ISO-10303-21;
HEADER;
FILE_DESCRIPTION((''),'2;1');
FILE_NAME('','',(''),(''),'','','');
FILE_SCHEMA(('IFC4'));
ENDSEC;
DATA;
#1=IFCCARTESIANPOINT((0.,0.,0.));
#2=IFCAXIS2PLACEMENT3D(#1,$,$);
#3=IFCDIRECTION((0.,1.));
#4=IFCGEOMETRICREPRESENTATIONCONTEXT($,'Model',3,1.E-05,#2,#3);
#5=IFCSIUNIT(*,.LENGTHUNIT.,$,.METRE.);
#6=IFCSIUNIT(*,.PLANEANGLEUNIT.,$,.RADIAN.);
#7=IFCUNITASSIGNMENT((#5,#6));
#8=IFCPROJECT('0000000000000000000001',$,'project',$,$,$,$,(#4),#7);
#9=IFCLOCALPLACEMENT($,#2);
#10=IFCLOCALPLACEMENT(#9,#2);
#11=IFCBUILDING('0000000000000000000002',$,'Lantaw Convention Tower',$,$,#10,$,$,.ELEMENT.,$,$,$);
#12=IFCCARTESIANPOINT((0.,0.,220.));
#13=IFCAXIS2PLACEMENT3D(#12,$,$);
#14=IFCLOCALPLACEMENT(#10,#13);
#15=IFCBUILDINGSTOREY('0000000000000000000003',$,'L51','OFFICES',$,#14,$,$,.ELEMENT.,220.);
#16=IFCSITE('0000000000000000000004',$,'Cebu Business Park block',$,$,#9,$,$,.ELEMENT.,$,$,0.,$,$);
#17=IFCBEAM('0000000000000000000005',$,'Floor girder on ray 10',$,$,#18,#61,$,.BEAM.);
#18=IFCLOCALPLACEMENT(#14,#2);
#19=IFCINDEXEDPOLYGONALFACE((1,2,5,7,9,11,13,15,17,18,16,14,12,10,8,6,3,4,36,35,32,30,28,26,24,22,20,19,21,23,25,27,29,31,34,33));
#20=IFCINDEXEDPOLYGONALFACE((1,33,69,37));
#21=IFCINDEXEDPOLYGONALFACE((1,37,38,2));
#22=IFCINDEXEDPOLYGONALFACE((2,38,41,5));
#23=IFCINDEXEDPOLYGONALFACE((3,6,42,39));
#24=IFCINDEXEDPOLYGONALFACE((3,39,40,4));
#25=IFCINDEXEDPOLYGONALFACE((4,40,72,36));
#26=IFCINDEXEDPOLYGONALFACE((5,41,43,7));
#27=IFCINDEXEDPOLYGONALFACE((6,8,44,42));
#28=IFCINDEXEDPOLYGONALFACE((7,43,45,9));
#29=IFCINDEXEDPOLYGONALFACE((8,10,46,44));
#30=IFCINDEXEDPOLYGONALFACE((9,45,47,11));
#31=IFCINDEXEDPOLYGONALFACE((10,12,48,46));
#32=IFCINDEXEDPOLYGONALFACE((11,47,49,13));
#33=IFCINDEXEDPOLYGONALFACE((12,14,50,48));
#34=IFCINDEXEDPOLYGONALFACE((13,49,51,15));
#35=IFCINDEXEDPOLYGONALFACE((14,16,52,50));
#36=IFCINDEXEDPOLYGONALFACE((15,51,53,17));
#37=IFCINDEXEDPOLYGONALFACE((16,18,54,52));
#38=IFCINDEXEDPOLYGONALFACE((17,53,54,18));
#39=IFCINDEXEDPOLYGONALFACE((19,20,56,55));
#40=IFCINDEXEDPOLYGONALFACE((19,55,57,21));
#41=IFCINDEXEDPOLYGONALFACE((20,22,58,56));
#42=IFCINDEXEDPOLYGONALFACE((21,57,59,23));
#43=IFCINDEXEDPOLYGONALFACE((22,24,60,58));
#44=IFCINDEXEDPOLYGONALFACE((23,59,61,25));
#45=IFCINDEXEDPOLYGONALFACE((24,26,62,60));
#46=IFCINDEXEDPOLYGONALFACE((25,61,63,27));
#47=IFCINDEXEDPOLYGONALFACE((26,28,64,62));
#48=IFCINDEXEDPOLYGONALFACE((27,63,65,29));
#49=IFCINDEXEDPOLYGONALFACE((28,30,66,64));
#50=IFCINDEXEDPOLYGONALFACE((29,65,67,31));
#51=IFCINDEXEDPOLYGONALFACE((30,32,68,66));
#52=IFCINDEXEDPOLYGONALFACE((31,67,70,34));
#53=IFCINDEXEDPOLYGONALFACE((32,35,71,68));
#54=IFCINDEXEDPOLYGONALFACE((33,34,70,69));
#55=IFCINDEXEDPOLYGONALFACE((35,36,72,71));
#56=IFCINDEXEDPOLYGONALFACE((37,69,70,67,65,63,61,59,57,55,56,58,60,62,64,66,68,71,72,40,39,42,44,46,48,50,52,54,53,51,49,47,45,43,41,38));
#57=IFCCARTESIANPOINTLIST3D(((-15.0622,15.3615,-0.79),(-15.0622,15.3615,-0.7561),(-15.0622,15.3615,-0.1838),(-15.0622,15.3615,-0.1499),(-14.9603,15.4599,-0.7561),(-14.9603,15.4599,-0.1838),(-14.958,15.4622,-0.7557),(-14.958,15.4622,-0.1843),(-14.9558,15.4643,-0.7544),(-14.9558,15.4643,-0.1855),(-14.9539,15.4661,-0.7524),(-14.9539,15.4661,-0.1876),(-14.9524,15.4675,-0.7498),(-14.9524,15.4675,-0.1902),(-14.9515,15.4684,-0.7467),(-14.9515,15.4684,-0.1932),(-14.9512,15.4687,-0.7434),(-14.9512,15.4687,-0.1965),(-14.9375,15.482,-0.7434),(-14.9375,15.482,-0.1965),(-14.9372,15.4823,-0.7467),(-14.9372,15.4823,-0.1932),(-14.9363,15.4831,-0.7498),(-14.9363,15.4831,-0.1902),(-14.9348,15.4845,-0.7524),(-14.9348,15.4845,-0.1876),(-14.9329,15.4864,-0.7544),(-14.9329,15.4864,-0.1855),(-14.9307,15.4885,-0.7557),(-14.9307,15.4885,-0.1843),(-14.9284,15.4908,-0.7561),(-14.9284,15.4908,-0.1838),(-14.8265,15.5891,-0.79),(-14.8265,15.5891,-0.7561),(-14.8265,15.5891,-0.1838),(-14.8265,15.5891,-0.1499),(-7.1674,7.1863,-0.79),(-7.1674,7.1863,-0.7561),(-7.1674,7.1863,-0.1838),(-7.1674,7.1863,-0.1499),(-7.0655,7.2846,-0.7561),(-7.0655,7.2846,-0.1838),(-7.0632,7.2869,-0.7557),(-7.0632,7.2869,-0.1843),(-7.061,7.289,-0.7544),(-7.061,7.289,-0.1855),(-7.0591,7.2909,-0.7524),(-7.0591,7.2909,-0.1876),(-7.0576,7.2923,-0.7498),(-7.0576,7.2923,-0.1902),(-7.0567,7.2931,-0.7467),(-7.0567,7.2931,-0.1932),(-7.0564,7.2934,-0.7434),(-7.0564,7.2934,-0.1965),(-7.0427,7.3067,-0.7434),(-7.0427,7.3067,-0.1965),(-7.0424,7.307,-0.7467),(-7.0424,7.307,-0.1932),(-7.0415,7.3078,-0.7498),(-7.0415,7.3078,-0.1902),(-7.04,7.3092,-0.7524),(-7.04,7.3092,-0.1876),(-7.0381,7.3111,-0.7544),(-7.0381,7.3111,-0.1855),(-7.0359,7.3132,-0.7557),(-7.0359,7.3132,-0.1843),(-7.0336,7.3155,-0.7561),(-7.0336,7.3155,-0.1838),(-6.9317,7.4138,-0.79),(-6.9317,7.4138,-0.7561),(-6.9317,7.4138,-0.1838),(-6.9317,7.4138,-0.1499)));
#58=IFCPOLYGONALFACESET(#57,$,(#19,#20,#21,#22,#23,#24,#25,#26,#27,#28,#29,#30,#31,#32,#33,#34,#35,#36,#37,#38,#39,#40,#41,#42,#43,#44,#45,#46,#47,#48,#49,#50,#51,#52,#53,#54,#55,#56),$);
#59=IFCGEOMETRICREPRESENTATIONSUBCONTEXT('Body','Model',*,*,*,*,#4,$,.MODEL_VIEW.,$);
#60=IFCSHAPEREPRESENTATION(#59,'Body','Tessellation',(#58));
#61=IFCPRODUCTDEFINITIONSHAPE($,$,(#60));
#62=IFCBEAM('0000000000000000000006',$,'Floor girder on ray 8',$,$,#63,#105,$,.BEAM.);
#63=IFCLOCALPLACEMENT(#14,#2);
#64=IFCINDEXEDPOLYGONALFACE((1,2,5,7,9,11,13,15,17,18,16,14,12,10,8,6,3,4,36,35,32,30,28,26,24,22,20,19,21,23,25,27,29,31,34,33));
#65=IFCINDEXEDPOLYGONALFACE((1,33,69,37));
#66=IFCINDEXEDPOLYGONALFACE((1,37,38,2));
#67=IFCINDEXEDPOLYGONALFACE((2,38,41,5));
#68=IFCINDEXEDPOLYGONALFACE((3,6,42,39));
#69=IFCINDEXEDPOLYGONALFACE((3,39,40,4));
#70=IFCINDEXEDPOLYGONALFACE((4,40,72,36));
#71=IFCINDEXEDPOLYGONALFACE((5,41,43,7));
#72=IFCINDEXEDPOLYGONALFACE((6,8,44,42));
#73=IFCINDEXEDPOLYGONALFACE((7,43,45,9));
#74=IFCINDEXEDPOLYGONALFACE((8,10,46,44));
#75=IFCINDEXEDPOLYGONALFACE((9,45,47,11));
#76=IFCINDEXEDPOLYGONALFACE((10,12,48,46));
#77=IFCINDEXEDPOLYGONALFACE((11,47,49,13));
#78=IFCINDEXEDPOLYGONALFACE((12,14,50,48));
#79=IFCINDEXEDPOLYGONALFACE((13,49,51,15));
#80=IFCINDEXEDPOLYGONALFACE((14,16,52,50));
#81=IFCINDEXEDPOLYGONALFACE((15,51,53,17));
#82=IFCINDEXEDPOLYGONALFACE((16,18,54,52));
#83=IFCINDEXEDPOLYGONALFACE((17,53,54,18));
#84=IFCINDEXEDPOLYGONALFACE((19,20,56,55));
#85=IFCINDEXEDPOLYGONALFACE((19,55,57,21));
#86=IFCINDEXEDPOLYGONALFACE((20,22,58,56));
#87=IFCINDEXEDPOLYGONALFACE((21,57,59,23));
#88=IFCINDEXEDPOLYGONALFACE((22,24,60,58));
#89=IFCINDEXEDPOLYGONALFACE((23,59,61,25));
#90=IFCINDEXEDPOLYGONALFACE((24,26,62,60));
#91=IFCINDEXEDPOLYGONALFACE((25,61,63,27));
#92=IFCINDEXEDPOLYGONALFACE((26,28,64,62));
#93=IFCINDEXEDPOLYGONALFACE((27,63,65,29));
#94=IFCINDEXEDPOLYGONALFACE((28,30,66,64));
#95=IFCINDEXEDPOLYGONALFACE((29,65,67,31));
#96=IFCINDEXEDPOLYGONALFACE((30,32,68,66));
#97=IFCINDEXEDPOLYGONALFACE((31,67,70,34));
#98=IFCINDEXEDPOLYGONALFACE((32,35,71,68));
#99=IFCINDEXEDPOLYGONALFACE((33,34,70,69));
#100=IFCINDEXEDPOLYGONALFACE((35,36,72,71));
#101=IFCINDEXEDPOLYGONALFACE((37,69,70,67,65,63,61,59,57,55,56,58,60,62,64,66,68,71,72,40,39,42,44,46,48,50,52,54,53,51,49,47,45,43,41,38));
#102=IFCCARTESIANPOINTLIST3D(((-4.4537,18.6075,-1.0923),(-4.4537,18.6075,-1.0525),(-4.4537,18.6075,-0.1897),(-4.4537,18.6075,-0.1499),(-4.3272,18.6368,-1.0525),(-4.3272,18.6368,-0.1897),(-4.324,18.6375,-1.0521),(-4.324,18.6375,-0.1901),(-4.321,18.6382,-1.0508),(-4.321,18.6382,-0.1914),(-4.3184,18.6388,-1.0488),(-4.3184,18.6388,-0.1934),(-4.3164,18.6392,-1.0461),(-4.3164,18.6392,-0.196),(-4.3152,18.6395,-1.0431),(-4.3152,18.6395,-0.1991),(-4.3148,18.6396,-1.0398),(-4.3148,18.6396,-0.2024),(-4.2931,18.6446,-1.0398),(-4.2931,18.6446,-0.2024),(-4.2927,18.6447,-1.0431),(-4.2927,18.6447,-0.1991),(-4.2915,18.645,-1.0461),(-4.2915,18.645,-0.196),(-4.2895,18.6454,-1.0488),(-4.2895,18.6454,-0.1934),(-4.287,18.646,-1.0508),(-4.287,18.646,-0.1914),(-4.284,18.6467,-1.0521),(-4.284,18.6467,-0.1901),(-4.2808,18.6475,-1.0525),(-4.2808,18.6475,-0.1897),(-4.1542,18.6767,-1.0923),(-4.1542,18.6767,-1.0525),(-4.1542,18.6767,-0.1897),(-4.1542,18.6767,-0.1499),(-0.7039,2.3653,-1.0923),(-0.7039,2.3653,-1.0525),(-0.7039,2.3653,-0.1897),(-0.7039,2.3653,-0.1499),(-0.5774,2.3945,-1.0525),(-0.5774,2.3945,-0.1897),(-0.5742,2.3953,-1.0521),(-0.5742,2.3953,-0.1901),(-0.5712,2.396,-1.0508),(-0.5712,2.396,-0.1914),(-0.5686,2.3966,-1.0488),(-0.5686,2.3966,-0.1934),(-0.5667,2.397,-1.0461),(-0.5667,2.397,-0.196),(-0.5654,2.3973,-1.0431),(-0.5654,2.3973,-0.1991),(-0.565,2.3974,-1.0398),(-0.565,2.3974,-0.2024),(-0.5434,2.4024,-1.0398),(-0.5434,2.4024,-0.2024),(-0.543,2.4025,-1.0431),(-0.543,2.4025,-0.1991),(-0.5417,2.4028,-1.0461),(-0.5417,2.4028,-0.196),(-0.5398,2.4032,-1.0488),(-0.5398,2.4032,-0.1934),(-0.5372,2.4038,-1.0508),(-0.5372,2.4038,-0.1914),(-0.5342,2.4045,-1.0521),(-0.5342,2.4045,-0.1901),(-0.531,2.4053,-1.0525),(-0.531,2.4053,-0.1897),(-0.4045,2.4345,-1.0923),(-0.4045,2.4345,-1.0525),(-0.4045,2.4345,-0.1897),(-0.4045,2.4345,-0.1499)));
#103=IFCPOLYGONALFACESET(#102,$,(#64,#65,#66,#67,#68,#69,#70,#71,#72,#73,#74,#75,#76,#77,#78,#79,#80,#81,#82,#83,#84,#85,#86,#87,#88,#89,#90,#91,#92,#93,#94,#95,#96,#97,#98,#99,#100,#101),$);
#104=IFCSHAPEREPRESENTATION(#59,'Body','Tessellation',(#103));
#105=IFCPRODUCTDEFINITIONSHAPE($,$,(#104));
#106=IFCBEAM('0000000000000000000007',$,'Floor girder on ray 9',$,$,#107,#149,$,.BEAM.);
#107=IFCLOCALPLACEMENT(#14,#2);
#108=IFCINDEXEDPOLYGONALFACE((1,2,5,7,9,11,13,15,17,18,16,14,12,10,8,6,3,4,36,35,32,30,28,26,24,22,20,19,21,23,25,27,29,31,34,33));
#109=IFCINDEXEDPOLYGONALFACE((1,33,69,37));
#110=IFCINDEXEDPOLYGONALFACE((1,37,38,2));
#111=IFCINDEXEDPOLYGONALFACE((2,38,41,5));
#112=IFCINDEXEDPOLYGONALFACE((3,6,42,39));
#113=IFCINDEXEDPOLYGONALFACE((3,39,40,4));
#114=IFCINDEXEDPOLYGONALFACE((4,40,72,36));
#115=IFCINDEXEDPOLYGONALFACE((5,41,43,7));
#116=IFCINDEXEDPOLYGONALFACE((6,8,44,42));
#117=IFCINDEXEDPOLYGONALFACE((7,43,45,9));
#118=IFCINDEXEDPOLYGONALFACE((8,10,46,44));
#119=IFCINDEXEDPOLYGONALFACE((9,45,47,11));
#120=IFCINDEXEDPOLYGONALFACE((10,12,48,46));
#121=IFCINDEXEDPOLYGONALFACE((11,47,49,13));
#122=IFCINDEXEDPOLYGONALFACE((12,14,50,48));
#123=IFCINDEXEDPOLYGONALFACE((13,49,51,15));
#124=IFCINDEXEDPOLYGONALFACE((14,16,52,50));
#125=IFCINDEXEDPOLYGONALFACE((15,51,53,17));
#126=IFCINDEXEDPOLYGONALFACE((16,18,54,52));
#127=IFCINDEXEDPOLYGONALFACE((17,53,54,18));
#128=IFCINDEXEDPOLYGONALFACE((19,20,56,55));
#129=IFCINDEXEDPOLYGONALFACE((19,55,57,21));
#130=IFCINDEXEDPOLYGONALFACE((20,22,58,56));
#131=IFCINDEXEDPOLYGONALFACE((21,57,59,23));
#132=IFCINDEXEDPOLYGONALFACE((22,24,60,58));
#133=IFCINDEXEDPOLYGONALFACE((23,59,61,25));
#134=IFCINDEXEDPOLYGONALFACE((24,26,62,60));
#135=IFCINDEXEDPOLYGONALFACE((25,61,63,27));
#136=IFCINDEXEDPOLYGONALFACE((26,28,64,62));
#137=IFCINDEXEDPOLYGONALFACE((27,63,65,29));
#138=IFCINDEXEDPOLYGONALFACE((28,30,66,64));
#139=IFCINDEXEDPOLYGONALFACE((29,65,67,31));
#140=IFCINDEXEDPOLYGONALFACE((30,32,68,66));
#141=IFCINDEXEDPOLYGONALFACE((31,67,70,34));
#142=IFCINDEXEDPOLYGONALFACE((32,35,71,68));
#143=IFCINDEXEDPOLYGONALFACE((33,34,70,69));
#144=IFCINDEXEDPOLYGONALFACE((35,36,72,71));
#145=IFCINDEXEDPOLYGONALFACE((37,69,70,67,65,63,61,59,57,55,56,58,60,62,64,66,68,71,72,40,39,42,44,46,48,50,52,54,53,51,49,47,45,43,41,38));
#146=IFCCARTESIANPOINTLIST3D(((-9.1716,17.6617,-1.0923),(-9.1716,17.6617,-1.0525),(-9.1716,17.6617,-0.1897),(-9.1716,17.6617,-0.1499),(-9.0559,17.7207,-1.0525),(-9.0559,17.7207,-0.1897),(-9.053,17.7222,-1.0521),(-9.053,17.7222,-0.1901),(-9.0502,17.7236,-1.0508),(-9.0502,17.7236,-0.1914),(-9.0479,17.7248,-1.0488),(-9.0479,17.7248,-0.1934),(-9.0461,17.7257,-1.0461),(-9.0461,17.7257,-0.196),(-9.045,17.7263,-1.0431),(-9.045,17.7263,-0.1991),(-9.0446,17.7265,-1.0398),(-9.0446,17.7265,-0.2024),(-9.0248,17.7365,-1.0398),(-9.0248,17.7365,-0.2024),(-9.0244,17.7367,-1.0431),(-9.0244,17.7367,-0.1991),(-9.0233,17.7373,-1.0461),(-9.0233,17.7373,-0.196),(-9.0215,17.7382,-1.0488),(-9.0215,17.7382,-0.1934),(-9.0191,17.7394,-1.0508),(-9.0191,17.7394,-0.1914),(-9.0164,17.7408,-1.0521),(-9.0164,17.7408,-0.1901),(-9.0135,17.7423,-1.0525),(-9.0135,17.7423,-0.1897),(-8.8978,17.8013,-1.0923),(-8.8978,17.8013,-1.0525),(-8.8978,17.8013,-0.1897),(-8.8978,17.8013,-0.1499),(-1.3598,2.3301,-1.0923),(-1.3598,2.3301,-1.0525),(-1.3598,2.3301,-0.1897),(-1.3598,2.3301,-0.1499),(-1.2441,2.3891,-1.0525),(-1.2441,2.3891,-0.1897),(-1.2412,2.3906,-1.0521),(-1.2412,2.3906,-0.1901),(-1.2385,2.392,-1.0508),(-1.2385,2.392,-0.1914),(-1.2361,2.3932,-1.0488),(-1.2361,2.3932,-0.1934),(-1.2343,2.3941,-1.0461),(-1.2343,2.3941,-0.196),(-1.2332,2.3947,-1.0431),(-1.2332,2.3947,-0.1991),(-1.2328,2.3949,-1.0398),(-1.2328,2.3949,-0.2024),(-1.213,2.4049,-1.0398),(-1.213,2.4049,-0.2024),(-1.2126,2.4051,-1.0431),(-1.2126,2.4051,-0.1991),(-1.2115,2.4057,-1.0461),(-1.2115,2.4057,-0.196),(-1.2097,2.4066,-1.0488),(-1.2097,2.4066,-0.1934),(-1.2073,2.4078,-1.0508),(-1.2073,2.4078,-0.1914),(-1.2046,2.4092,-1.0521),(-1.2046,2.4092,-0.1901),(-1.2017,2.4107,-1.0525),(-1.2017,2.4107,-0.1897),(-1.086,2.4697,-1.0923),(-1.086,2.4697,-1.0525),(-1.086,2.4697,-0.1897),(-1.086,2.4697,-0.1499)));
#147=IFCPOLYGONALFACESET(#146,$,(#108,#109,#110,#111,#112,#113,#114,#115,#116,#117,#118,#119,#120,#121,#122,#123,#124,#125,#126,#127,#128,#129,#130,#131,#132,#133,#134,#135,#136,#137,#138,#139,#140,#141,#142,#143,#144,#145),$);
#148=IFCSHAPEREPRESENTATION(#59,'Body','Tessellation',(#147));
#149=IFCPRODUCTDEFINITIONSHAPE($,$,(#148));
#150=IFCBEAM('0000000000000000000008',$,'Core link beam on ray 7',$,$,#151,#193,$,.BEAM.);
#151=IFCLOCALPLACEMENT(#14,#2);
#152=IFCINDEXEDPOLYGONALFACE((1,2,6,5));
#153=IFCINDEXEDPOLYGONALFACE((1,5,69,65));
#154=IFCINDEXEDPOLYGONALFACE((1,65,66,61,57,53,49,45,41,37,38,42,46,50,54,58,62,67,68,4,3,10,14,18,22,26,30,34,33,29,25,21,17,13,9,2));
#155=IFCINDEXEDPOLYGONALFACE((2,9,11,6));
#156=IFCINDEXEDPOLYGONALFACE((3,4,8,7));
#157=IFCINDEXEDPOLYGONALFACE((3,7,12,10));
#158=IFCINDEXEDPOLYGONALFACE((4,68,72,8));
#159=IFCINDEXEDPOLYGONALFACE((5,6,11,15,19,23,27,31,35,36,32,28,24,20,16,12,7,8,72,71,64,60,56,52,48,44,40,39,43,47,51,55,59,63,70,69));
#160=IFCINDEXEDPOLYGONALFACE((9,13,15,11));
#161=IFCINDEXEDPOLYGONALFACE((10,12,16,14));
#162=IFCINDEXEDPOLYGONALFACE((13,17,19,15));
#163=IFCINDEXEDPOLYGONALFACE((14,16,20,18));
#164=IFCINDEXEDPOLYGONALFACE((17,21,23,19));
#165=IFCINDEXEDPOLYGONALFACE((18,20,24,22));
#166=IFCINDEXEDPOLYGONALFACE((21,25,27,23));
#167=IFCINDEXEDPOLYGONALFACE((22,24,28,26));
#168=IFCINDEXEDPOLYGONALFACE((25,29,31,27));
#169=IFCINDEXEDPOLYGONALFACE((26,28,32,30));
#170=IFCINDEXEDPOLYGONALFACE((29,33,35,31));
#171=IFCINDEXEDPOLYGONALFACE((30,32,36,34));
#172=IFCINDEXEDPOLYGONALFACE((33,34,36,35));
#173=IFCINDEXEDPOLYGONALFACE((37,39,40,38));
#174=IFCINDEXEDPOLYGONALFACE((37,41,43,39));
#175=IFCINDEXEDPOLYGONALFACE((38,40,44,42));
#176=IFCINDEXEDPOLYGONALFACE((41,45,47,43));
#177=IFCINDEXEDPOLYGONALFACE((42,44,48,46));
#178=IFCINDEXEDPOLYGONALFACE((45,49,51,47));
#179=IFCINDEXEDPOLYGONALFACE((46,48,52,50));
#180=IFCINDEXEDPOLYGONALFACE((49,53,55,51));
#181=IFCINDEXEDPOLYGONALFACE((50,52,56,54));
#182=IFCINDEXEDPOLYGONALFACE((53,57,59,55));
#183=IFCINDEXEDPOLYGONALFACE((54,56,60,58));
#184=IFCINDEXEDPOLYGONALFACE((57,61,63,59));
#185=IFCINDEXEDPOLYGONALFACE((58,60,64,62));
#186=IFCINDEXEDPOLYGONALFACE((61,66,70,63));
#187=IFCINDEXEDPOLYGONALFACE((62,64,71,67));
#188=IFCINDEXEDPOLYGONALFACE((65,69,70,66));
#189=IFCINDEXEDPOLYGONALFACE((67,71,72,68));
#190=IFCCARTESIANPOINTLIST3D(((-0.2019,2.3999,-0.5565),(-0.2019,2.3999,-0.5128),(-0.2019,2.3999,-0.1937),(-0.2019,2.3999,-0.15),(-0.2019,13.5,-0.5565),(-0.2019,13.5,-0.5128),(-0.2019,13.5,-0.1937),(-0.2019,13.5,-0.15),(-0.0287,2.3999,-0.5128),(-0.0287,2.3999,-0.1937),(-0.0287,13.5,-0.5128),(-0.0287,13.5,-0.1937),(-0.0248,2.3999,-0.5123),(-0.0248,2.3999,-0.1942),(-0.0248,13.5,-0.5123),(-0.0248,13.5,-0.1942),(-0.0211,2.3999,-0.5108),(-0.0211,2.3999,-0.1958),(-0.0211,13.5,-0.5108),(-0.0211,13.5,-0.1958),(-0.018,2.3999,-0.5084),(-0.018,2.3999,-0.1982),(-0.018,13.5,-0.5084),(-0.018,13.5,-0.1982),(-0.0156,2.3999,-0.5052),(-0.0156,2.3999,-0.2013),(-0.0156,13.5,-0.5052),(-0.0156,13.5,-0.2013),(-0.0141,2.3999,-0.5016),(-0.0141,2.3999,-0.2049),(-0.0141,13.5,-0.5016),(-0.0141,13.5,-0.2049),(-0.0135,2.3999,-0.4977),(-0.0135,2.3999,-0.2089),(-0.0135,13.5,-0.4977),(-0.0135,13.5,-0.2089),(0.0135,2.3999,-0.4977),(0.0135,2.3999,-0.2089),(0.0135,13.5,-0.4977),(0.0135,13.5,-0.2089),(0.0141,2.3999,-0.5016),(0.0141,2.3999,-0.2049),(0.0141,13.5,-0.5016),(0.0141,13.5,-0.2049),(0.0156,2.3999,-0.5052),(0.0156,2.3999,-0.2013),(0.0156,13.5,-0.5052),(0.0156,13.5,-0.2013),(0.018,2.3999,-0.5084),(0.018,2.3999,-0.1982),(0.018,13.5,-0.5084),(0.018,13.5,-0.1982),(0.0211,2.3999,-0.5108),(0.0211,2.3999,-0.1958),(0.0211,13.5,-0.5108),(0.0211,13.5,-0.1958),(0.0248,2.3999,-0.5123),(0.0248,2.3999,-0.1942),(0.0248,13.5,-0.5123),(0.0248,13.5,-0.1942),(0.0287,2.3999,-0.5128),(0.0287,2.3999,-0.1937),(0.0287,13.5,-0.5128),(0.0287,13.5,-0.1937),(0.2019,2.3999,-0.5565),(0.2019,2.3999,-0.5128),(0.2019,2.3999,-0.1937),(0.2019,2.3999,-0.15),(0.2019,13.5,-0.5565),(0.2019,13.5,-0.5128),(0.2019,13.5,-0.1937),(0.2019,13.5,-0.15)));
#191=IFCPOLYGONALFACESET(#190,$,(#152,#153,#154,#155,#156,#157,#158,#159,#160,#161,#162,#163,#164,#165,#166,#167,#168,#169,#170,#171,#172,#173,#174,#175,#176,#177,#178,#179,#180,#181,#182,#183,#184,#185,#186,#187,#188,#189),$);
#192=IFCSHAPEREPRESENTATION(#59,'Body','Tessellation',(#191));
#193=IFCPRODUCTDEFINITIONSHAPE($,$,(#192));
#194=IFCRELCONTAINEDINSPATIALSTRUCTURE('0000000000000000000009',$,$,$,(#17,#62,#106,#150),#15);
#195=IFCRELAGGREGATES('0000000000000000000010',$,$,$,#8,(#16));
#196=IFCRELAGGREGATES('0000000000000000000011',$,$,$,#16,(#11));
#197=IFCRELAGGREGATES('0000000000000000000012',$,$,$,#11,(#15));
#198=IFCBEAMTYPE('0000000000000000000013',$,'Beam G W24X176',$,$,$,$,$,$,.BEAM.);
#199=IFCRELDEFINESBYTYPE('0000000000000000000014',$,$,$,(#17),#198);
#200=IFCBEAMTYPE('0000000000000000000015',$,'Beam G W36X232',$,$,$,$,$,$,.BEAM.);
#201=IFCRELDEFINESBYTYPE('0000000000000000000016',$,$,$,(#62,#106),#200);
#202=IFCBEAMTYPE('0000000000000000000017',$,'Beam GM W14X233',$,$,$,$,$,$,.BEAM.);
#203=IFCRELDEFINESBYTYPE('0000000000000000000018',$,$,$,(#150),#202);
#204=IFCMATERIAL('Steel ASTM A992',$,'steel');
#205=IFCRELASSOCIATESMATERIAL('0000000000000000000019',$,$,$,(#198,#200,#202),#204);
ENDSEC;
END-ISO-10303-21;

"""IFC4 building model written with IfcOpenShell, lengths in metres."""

from ifc_helpers import new_model, si_unit, direction, frame, origin, origin_2d, place, context, subcontext, project, spatial, i_section, extrude, material, material_profile, profile_set, type_object, element, save


model = new_model("IFC4")

# Units and contexts
model_context = context("Model", 3, precision=1e-05, world=origin(), true_north=direction((0.0, 1.0)))
body_context = subcontext(model_context, "Body", "Model", "MODEL_VIEW")
ifc_project = project(units=[si_unit("LENGTHUNIT", "METRE"), si_unit("PLANEANGLEUNIT", "RADIAN")], contexts=[model_context])

# Site, building, storey
site_placement = place(None, origin())
site = spatial("IfcSite", under=ifc_project, at=site_placement, Name="Cebu Business Park block", CompositionType="ELEMENT", RefElevation=0.0)
building_placement = place(site_placement, origin())
building = spatial("IfcBuilding", under=site, at=building_placement, Name="Lantaw Convention Tower", CompositionType="ELEMENT")
storey_placement = place(building_placement, frame((0.0, 0.0, 220.0)))
storey = spatial("IfcBuildingStorey", under=building, at=storey_placement, Name="L51", Description="OFFICES", CompositionType="ELEMENT", Elevation=220.0)

# Beams
ifc_material_1 = material(Name="Steel ASTM A992", Category="steel")
ifc_material_profile_1 = material_profile(ifc_material_1, i_section(OverallWidth=0.3276, OverallDepth=0.6401, WebThickness=0.019, FlangeThickness=0.0339, FilletRadius=0.0127, at=origin_2d()), Name="W24X176")
ifc_profile_set_1 = profile_set([ifc_material_profile_1], Name="Steel ASTM A992")
beam_type_1 = type_object("IfcBeamType", Name="Beam G W24X176", PredefinedType="BEAM", material=ifc_profile_set_1)
beam_1_placement = place(storey_placement, frame((-7.0496, 7.3, -0.47), z_axis=(-0.694658, 0.71934, 0.0), x_axis=(-0.71934, -0.694658, 0.0)))
element("IfcBeam", 1, at=beam_1_placement, inside=storey, type_object=beam_type_1, Name="Floor girder on ray 10", PredefinedType="BEAM", context=body_context, shape_type="SweptSolid", body=[
    extrude(i_section(OverallWidth=0.3276, OverallDepth=0.6401, WebThickness=0.019, FlangeThickness=0.0339, FilletRadius=0.0127, at=origin_2d()), origin(), (0.0, 0.0, 1.0), 11.365),
])
ifc_material_profile_2 = material_profile(ifc_material_1, i_section(OverallWidth=0.3074, OverallDepth=0.9424, WebThickness=0.0222, FlangeThickness=0.0398, FilletRadius=0.0127, at=origin_2d()), Name="W36X232")
ifc_profile_set_2 = profile_set([ifc_material_profile_2], Name="Steel ASTM A992")
beam_type_2 = type_object("IfcBeamType", Name="Beam G W36X232", PredefinedType="BEAM", material=ifc_profile_set_2)
beam_2_placement = place(storey_placement, frame((-0.5542, 2.3999, -0.6211), z_axis=(-0.224948, 0.974371, 0.0), x_axis=(-0.974371, -0.224948, 0.0)))
element("IfcBeam", 2, at=beam_2_placement, inside=storey, type_object=beam_type_2, Name="Floor girder on ray 8", PredefinedType="BEAM", context=body_context, shape_type="SweptSolid", body=[
    extrude(i_section(OverallWidth=0.3074, OverallDepth=0.9424, WebThickness=0.0222, FlangeThickness=0.0398, FilletRadius=0.0127, at=origin_2d()), origin(), (0.0, 0.0, 1.0), 16.6694),
])
beam_3_placement = place(storey_placement, frame((-1.2229, 2.3999, -0.6211), z_axis=(-0.453988, 0.891008, 0.0), x_axis=(-0.891008, -0.453988, 0.0)))
element("IfcBeam", 3, at=beam_3_placement, inside=storey, type_object=beam_type_2, Name="Floor girder on ray 9", PredefinedType="BEAM", context=body_context, shape_type="SweptSolid", body=[
    extrude(i_section(OverallWidth=0.3074, OverallDepth=0.9424, WebThickness=0.0222, FlangeThickness=0.0398, FilletRadius=0.0127, at=origin_2d()), origin(), (0.0, 0.0, 1.0), 17.207),
])
ifc_material_profile_3 = material_profile(ifc_material_1, i_section(OverallWidth=0.4038, OverallDepth=0.4065, WebThickness=0.0271, FlangeThickness=0.0437, FilletRadius=0.0151, at=origin_2d()), Name="W14X233")
ifc_profile_set_3 = profile_set([ifc_material_profile_3], Name="Steel ASTM A992")
beam_type_3 = type_object("IfcBeamType", Name="Beam GM W14X233", PredefinedType="BEAM", material=ifc_profile_set_3)
beam_4_placement = place(storey_placement, frame((0.0, 2.3999, -0.3533), z_axis=(0.0, 1.0, 0.0), x_axis=(-1.0, 0.0, 0.0)))
element("IfcBeam", 4, at=beam_4_placement, inside=storey, type_object=beam_type_3, Name="Core link beam on ray 7", PredefinedType="BEAM", context=body_context, shape_type="SweptSolid", body=[
    extrude(i_section(OverallWidth=0.4038, OverallDepth=0.4065, WebThickness=0.0271, FlangeThickness=0.0437, FilletRadius=0.0151, at=origin_2d()), origin(), (0.0, 0.0, 1.0), 11.1001),
])

save(model, "model.ifc")
